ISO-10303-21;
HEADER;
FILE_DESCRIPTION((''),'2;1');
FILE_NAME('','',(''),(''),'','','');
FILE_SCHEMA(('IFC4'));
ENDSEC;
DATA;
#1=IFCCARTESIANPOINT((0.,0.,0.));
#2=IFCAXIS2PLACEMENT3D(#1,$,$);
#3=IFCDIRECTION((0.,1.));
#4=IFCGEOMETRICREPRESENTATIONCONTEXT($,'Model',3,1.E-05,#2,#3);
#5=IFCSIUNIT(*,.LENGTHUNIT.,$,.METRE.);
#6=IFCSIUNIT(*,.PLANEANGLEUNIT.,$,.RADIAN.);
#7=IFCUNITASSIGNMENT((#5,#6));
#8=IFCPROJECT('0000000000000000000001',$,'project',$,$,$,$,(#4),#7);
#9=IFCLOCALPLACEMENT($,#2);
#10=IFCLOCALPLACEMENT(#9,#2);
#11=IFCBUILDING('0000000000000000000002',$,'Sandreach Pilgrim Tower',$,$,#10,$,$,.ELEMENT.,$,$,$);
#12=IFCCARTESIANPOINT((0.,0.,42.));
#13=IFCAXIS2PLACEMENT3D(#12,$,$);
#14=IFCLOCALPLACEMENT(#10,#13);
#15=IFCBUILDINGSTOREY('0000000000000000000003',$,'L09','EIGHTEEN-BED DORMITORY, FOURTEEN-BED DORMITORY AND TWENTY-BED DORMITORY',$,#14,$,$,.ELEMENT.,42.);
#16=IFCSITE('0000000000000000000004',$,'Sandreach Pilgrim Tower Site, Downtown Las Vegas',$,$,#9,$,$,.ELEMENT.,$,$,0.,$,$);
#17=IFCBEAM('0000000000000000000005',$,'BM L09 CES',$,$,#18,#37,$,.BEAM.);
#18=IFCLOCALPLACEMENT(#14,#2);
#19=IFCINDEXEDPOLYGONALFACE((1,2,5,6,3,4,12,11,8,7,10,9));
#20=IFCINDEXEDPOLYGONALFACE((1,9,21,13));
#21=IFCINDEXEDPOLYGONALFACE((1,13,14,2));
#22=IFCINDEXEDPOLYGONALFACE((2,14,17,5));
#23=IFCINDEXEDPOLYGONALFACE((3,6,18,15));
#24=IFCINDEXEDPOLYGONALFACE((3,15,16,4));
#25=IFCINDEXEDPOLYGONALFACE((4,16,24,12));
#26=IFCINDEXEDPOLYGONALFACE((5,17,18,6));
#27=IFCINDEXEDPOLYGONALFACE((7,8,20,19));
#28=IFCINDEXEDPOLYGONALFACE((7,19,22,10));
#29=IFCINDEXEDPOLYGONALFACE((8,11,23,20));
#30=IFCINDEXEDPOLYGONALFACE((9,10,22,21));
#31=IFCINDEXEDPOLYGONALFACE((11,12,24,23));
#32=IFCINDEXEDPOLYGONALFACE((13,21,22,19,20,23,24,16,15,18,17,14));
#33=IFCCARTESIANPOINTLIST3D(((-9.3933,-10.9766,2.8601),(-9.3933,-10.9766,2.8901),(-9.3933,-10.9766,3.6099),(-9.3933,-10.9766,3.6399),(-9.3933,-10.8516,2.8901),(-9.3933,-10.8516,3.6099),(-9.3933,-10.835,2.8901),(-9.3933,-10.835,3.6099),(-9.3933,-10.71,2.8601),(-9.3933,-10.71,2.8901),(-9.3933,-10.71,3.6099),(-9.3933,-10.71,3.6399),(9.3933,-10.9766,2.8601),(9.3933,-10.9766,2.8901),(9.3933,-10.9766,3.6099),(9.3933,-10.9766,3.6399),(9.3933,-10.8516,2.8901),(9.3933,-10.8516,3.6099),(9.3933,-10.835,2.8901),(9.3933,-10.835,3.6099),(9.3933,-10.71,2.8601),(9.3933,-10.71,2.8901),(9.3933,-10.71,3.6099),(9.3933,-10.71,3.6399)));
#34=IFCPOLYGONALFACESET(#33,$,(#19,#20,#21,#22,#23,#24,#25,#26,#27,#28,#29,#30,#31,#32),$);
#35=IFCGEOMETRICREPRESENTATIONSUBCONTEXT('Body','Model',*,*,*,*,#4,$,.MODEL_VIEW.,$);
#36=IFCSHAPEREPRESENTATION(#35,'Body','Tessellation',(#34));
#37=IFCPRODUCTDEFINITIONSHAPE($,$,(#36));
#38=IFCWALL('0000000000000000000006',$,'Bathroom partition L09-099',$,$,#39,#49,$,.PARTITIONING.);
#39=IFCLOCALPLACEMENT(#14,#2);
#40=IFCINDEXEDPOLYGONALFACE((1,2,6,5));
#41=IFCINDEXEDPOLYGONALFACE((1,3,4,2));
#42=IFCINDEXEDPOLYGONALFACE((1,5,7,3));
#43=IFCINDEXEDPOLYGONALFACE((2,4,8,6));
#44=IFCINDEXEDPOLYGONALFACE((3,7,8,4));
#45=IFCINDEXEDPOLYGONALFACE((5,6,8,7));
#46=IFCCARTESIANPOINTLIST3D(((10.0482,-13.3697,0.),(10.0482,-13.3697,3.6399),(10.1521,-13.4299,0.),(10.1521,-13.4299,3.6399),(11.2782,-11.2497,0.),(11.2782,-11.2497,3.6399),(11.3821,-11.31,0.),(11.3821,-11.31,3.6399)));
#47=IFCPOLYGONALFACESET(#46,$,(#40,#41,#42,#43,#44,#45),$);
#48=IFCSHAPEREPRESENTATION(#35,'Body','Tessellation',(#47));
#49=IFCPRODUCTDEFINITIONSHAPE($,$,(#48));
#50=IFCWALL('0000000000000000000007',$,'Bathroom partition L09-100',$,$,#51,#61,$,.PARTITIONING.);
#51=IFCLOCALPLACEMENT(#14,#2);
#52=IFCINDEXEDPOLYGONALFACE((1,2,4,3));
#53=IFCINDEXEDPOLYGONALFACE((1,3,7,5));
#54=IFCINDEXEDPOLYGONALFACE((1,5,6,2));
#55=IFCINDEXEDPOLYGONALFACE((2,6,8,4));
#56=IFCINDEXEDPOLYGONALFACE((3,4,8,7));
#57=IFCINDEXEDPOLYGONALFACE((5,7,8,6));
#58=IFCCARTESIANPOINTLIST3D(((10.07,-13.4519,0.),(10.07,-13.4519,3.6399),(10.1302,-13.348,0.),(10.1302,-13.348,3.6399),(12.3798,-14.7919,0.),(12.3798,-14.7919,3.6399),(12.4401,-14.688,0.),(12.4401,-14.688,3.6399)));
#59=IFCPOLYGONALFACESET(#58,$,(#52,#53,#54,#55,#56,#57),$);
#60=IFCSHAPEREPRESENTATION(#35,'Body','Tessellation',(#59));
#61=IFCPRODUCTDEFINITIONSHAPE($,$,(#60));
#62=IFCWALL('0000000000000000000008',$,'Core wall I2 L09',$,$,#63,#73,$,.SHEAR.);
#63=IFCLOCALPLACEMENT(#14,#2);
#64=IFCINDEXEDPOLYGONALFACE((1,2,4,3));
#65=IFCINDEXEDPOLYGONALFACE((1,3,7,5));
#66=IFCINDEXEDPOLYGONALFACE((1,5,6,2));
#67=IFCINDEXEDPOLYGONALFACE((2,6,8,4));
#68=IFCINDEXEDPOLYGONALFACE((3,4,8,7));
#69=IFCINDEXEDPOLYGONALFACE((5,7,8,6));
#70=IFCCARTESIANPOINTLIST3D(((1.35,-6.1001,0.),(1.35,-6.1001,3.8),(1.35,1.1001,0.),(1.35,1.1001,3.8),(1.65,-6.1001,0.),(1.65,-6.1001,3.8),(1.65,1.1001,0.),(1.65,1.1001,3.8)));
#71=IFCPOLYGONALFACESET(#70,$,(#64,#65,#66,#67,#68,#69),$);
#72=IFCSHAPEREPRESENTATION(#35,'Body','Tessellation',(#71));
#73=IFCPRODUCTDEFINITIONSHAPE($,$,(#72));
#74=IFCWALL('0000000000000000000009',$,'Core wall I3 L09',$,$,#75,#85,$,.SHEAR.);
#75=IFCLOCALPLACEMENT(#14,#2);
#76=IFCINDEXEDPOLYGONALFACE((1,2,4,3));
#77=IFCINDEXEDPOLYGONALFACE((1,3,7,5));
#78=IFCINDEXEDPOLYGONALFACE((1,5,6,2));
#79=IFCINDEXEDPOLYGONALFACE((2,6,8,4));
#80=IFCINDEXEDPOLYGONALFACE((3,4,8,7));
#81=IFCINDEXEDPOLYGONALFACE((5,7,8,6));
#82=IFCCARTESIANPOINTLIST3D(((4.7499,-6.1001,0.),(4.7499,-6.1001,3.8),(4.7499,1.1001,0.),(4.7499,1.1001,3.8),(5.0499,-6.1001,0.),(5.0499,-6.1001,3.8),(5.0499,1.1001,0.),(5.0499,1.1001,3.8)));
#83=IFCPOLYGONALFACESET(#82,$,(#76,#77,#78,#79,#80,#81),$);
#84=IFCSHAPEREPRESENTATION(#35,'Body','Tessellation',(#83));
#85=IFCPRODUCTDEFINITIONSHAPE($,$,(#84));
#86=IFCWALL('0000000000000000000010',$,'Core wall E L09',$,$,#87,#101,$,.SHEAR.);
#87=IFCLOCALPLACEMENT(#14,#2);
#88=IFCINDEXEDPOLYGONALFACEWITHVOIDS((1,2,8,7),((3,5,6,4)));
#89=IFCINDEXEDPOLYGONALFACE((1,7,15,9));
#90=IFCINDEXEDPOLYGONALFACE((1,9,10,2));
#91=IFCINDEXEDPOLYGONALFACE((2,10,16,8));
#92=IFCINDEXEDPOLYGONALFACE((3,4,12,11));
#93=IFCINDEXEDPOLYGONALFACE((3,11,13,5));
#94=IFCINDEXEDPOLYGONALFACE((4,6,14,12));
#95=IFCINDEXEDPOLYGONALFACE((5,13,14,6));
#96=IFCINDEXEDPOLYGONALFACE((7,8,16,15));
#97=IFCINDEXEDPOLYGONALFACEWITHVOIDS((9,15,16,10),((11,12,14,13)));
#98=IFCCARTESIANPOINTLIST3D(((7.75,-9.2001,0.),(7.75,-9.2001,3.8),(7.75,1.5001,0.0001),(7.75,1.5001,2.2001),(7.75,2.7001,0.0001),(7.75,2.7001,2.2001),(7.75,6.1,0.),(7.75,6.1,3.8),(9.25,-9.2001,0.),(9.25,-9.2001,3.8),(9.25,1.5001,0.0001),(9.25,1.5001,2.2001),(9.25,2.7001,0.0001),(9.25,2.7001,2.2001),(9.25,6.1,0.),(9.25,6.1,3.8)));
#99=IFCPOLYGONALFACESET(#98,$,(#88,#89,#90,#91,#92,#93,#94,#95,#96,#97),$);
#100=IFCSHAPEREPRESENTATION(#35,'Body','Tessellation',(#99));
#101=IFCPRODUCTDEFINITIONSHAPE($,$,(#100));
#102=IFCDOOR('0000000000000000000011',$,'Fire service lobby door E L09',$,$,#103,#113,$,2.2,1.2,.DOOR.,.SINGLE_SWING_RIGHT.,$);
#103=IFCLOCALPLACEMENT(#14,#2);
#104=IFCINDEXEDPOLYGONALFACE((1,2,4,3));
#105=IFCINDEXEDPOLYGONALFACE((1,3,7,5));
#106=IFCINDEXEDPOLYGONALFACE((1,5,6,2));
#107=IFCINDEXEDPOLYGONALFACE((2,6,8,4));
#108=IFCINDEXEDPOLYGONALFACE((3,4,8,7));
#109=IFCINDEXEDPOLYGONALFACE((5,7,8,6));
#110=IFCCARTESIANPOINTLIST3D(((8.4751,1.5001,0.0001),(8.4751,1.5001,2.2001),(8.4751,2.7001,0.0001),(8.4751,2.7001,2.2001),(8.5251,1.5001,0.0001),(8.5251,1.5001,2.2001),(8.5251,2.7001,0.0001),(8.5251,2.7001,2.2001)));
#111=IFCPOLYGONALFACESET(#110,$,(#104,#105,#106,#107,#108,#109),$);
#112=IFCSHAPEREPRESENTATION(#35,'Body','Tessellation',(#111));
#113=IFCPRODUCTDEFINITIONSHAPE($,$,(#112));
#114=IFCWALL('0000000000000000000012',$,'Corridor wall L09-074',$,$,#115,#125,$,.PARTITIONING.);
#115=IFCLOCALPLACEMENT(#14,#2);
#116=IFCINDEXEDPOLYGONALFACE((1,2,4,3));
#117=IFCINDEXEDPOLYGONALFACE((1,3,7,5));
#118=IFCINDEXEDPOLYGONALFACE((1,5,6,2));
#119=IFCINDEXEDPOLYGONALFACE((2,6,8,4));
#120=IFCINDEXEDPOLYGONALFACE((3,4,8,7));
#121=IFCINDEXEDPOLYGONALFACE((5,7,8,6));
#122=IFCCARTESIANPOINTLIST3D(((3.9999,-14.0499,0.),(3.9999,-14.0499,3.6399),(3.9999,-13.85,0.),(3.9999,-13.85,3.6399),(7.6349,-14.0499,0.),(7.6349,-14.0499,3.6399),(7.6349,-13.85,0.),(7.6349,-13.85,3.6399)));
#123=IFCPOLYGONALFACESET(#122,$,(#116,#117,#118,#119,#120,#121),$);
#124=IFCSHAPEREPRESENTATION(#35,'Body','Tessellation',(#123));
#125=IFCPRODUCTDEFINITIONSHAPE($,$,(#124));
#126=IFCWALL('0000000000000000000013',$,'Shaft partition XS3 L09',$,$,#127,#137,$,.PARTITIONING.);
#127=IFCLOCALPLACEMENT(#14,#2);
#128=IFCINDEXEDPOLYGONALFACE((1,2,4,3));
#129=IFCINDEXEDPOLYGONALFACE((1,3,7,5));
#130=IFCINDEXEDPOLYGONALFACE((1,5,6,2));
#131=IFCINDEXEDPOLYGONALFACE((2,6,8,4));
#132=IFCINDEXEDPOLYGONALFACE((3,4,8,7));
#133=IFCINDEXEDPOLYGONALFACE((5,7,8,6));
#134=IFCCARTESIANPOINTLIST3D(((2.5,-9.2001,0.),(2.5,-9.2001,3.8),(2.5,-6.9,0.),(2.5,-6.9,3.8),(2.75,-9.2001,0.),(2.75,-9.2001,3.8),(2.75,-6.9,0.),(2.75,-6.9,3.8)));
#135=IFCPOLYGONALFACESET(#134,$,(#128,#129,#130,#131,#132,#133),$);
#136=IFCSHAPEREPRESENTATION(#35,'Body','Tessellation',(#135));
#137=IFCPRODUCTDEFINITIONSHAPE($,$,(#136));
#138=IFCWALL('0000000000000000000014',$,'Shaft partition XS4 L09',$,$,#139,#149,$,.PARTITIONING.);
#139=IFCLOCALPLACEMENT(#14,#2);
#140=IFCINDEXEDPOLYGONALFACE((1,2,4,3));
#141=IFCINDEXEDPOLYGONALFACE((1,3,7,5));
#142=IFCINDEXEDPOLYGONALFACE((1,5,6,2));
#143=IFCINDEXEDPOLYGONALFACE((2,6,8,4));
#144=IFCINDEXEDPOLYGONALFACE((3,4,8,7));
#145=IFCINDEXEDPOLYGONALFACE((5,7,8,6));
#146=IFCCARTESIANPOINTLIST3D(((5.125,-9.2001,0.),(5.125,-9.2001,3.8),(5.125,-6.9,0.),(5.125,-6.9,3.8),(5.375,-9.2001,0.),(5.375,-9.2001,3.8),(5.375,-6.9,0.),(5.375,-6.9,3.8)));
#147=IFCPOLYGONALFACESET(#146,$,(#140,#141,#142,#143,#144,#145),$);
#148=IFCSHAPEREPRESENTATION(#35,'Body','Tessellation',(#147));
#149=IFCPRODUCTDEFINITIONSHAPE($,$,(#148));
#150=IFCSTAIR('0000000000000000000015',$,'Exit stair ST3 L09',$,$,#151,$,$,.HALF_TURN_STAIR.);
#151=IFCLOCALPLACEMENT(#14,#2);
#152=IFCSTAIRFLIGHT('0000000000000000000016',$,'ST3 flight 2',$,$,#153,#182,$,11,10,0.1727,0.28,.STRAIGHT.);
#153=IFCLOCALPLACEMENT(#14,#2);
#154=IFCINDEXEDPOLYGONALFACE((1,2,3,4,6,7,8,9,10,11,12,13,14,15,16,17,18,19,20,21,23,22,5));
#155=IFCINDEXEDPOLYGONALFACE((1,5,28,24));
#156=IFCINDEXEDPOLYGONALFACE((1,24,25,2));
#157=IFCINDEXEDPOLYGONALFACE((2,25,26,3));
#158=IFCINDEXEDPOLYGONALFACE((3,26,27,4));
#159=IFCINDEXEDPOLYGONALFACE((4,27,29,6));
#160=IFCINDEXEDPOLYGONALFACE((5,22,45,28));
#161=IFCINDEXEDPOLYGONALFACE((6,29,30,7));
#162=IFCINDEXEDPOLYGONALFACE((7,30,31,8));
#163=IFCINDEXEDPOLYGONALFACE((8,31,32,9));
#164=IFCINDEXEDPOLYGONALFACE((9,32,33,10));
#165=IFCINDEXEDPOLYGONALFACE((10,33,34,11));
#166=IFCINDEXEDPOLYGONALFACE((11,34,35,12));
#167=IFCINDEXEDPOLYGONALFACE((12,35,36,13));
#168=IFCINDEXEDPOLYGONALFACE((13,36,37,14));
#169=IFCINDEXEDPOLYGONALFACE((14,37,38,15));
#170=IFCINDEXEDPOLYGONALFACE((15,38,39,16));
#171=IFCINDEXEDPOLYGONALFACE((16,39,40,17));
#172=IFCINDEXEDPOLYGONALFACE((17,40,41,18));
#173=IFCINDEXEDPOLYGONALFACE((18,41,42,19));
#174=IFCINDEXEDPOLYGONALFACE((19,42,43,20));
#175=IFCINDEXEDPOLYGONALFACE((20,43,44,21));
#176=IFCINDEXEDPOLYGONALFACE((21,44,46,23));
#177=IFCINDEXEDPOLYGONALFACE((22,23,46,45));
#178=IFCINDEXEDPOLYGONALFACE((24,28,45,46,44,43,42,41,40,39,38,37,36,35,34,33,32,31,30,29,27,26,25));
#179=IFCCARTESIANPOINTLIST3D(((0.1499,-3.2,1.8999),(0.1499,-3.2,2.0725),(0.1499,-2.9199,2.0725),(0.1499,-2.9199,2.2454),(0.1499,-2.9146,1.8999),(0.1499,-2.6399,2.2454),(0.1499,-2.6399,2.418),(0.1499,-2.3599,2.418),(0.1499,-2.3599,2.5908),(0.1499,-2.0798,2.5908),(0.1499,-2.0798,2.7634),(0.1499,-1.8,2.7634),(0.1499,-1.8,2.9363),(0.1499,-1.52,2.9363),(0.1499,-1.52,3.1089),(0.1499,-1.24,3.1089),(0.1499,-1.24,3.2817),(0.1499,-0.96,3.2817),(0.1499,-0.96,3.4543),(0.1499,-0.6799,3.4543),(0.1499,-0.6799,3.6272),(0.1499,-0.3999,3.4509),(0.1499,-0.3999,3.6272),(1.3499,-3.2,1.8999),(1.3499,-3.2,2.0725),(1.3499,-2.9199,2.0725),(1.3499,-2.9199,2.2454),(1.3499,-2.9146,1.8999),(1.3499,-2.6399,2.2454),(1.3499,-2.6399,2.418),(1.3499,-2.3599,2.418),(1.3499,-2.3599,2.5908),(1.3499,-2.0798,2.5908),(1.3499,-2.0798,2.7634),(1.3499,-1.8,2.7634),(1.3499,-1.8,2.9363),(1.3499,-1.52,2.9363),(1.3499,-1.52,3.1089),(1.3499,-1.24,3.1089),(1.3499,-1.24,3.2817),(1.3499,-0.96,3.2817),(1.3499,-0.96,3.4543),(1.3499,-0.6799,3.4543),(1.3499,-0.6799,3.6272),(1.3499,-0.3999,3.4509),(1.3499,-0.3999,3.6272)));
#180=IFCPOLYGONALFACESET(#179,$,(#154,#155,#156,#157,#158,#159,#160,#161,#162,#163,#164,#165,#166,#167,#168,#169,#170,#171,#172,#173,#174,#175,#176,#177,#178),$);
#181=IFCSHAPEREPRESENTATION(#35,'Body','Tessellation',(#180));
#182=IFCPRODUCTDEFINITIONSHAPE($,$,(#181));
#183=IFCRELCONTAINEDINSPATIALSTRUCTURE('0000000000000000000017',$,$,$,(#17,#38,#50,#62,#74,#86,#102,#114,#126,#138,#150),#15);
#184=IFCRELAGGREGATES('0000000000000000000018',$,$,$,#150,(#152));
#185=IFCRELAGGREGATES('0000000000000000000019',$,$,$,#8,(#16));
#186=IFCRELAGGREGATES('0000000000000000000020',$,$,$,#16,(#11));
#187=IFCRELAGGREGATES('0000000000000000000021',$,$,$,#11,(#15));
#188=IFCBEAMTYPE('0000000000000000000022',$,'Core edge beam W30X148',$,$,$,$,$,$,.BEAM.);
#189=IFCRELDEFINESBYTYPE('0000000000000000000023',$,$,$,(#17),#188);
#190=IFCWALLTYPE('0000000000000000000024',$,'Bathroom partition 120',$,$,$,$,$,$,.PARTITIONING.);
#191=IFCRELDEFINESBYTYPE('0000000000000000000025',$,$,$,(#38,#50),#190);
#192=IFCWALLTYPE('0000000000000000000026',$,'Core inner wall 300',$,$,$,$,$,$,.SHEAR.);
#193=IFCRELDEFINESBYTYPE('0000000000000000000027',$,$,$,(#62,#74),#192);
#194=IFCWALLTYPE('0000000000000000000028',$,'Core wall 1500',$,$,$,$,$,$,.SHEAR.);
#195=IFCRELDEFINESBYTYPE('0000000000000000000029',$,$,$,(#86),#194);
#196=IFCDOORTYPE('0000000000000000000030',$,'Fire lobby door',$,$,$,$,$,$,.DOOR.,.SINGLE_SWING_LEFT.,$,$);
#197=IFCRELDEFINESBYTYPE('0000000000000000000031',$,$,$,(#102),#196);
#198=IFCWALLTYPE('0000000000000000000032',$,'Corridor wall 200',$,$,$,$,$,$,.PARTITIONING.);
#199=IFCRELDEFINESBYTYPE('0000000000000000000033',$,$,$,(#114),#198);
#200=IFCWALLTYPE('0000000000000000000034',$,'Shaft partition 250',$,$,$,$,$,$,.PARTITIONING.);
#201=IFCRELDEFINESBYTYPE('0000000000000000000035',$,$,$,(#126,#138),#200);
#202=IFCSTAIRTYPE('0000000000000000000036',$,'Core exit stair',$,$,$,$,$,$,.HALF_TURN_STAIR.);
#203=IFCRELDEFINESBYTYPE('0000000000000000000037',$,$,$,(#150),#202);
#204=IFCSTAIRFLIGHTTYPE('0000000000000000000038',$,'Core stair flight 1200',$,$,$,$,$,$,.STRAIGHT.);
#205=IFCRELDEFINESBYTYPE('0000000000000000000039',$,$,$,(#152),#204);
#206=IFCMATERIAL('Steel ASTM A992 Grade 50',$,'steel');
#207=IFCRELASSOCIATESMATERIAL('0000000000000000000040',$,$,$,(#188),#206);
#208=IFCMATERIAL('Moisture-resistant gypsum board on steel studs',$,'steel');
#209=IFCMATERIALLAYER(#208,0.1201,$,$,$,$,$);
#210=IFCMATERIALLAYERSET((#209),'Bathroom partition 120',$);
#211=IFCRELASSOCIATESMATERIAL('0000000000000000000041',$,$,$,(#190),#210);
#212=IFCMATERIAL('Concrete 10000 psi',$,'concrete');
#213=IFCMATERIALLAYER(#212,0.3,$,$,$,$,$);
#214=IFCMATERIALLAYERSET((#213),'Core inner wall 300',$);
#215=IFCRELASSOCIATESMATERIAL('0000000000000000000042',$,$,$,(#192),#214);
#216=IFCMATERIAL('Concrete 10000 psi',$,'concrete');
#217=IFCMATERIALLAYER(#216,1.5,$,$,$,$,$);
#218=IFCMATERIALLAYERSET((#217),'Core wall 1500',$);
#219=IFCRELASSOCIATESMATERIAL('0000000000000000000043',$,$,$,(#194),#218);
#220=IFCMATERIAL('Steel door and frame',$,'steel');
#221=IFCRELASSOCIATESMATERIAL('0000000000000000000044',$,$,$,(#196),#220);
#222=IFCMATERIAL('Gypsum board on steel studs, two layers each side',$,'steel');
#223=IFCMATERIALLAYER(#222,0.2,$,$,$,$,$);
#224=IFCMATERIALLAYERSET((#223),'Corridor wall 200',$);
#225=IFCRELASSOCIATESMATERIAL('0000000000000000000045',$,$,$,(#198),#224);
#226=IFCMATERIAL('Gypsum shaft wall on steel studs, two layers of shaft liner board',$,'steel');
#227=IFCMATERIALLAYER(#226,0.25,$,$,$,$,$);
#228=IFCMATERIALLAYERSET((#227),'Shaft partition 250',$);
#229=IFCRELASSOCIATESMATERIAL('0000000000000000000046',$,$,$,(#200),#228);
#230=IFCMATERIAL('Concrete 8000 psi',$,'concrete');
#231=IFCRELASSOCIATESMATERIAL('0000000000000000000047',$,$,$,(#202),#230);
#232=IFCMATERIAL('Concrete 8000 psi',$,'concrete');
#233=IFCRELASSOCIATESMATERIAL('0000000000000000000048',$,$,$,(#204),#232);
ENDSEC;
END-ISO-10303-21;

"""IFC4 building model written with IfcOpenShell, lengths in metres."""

from ifc_helpers import new_model, si_unit, direction, frame, frame_2d, origin, origin_2d, place, context, subcontext, project, spatial, polyline, rectangle, i_section, outline, extrude, material, layer, layer_set, material_profile, profile_set, type_object, element, fill, aggregate, save


model = new_model("IFC4")

# Units and contexts
model_context = context("Model", 3, precision=1e-05, world=origin(), true_north=direction((0.0, 1.0)))
body_context = subcontext(model_context, "Body", "Model", "MODEL_VIEW")
ifc_project = project(units=[si_unit("LENGTHUNIT", "METRE"), si_unit("PLANEANGLEUNIT", "RADIAN")], contexts=[model_context])

# Site, building, storey
site_placement = place(None, origin())
site = spatial("IfcSite", under=ifc_project, at=site_placement, Name="Sandreach Pilgrim Tower Site, Downtown Las Vegas", CompositionType="ELEMENT", RefElevation=0.0)
building_placement = place(site_placement, origin())
building = spatial("IfcBuilding", under=site, at=building_placement, Name="Sandreach Pilgrim Tower", CompositionType="ELEMENT")
storey_placement = place(building_placement, frame((0.0, 0.0, 42.0)))
storey = spatial("IfcBuildingStorey", under=building, at=storey_placement, Name="L09", Description="EIGHTEEN-BED DORMITORY, FOURTEEN-BED DORMITORY AND TWENTY-BED DORMITORY", CompositionType="ELEMENT", Elevation=42.0)

# Beam
ifc_material_1 = material(Name="Steel ASTM A992 Grade 50", Category="steel")
ifc_material_profile = material_profile(ifc_material_1, i_section(OverallWidth=0.2666, OverallDepth=0.7798, WebThickness=0.0166, FlangeThickness=0.03, at=origin_2d()), Name="W30X148")
ifc_profile_set = profile_set([ifc_material_profile], Name="Steel ASTM A992 Grade 50")
beam_type = type_object("IfcBeamType", Name="Core edge beam W30X148", PredefinedType="BEAM", material=ifc_profile_set)
beam_placement = place(storey_placement, frame((9.3933, -10.8433, 3.25), z_axis=(-1.0, 0.0, 0.0), x_axis=(0.0, -1.0, 0.0)))
element("IfcBeam", 1, at=beam_placement, inside=storey, type_object=beam_type, Name="BM L09 CES", PredefinedType="BEAM", context=body_context, shape_type="SweptSolid", body=[
    extrude(i_section(OverallWidth=0.2666, OverallDepth=0.7798, WebThickness=0.0166, FlangeThickness=0.03, at=origin_2d()), origin(), (0.0, 0.0, 1.0), 18.7866),
])

# Walls
ifc_material_2 = material(Name="Moisture-resistant gypsum board on steel studs", Category="steel")
ifc_layer_1 = layer(ifc_material_2, 0.1201)
ifc_layer_set_1 = layer_set([ifc_layer_1], Name="Bathroom partition 120")
wall_type_1 = type_object("IfcWallType", Name="Bathroom partition 120", PredefinedType="PARTITIONING", material=ifc_layer_set_1)
wall_1_placement = place(storey_placement, frame((10.1001, -13.3999, 0.0), z_axis=(0.0, 0.0, 1.0), x_axis=(0.501857, 0.864951, 0.0)))
element("IfcWall", 2, at=wall_1_placement, inside=storey, type_object=wall_type_1, Name="Bathroom partition L09-099", PredefinedType="PARTITIONING", context=body_context, shape_type="SweptSolid", body=[
    extrude(rectangle(XDim=2.4509, YDim=0.1201, at=frame_2d((1.2256, 0.0))), origin(), (0.0, 0.0, 1.0), 3.6399),
])
wall_2_placement = place(storey_placement, frame((10.1001, -13.3999, 0.0), z_axis=(0.0, 0.0, 1.0), x_axis=(0.864967, -0.501829, 0.0)))
element("IfcWall", 3, at=wall_2_placement, inside=storey, type_object=wall_type_1, Name="Bathroom partition L09-100", PredefinedType="PARTITIONING", context=body_context, shape_type="SweptSolid", body=[
    extrude(rectangle(XDim=2.6704, YDim=0.1201, at=frame_2d((1.3352, 0.0))), origin(), (0.0, 0.0, 1.0), 3.6399),
])
ifc_material_3 = material(Name="Concrete 10000 psi", Category="concrete")
ifc_layer_2 = layer(ifc_material_3, 0.3)
ifc_layer_set_2 = layer_set([ifc_layer_2], Name="Core inner wall 300")
wall_type_2 = type_object("IfcWallType", Name="Core inner wall 300", PredefinedType="SHEAR", material=ifc_layer_set_2)
for number, where, z_axis, x_axis, name in (
    (4, (1.5, -6.1001, 0.0), (0.0, 0.0, 1.0), (0.0, 1.0, 0.0), "Core wall I2 L09"),
    (5, (4.8999, -6.1001, 0.0), (0.0, 0.0, 1.0), (0.0, 1.0, 0.0), "Core wall I3 L09"),
):
    element("IfcWall", number, at=place(storey_placement, frame(where, z_axis=z_axis, x_axis=x_axis)), inside=storey, type_object=wall_type_2, Name=name, PredefinedType="SHEAR", context=body_context, shape_type="SweptSolid", body=[
        extrude(rectangle(XDim=7.2002, YDim=0.3, at=frame_2d((3.6001, 0.0))), origin(), (0.0, 0.0, 1.0), 3.8),
    ])

# Wall, opening, door
ifc_material_4 = material(Name="Concrete 10000 psi", Category="concrete")
ifc_layer_3 = layer(ifc_material_4, 1.5)
ifc_layer_set_3 = layer_set([ifc_layer_3], Name="Core wall 1500")
wall_type_3 = type_object("IfcWallType", Name="Core wall 1500", PredefinedType="SHEAR", material=ifc_layer_set_3)
wall_3_placement = place(storey_placement, frame((8.5, -9.2, 0.0), z_axis=(0.0, 0.0, 1.0), x_axis=(0.0, 1.0, 0.0)))
wall_3 = element("IfcWall", 6, at=wall_3_placement, inside=storey, type_object=wall_type_3, Name="Core wall E L09", PredefinedType="SHEAR", context=body_context, shape_type="SweptSolid", body=[
    extrude(rectangle(XDim=15.3, YDim=1.5, at=frame_2d((7.6499, 0.0))), origin(), (0.0, 0.0, 1.0), 3.8),
])
opening_1_placement = place(wall_3_placement, frame((10.7, 0.0, 0.0)))
opening_1 = element("IfcOpeningElement", 7, at=opening_1_placement, cuts=wall_3, PredefinedType="OPENING", context=body_context, shape_type="SweptSolid", body=[
    extrude(rectangle(XDim=1.2, YDim=2.2, at=frame_2d((0.6001, 1.1001))), frame((0.0, 0.75, 0.0), z_axis=(0.0, -1.0, 0.0), x_axis=(1.0, 0.0, 0.0)), (0.0, 0.0, 1.0), 1.5),
])
ifc_material_5 = material(Name="Steel door and frame", Category="steel")
door_type_1 = type_object("IfcDoorType", Name="Fire lobby door", OperationType="SINGLE_SWING_LEFT", PredefinedType="DOOR", material=ifc_material_5)
door_1_placement = place(opening_1_placement, origin())
door_1 = element("IfcDoor", 8, at=door_1_placement, inside=storey, type_object=door_type_1, Name="Fire service lobby door E L09", OperationType="SINGLE_SWING_RIGHT", OverallHeight=2.2, OverallWidth=1.2, PredefinedType="DOOR", context=body_context, shape_type="SweptSolid", body=[
    extrude(rectangle(XDim=1.2, YDim=2.2, at=frame_2d((0.6001, 1.1001))), frame((0.0, 0.0249, 0.0), z_axis=(0.0, -1.0, 0.0), x_axis=(1.0, 0.0, 0.0)), (0.0, 0.0, 1.0), 0.05),
])
fill(opening_1, door_1)
ifc_material_6 = material(Name="Gypsum board on steel studs, two layers each side", Category="steel")
ifc_layer_4 = layer(ifc_material_6, 0.2)
ifc_layer_set_4 = layer_set([ifc_layer_4], Name="Corridor wall 200")
wall_type_4 = type_object("IfcWallType", Name="Corridor wall 200", PredefinedType="PARTITIONING", material=ifc_layer_set_4)

# Wall
wall_4_placement = place(storey_placement, frame((4.0, -13.95, 0.0), z_axis=(0.0, 0.0, 1.0), x_axis=(1.0, 0.0, 0.0)))
element("IfcWall", 9, at=wall_4_placement, inside=storey, type_object=wall_type_4, Name="Corridor wall L09-074", PredefinedType="PARTITIONING", context=body_context, shape_type="SweptSolid", body=[
    extrude(rectangle(XDim=3.635, YDim=0.2, at=frame_2d((1.8174, 0.0))), origin(), (0.0, 0.0, 1.0), 3.6399),
])

# Walls
ifc_material_7 = material(Name="Gypsum shaft wall on steel studs, two layers of shaft liner board", Category="steel")
ifc_layer_5 = layer(ifc_material_7, 0.25)
ifc_layer_set_5 = layer_set([ifc_layer_5], Name="Shaft partition 250")
wall_type_5 = type_object("IfcWallType", Name="Shaft partition 250", PredefinedType="PARTITIONING", material=ifc_layer_set_5)
for number, where, z_axis, x_axis, name in (
    (10, (2.625, -9.2, 0.0), (0.0, 0.0, 1.0), (0.0, 1.0, 0.0), "Shaft partition XS3 L09"),
    (11, (5.25, -9.2, 0.0), (0.0, 0.0, 1.0), (0.0, 1.0, 0.0), "Shaft partition XS4 L09"),
):
    element("IfcWall", number, at=place(storey_placement, frame(where, z_axis=z_axis, x_axis=x_axis)), inside=storey, type_object=wall_type_5, Name=name, PredefinedType="PARTITIONING", context=body_context, shape_type="SweptSolid", body=[
        extrude(rectangle(XDim=2.3, YDim=0.25, at=frame_2d((1.1499, 0.0))), origin(), (0.0, 0.0, 1.0), 3.8),
    ])

# Stair, stair flight
ifc_material_8 = material(Name="Concrete 8000 psi", Category="concrete")
stair_type = type_object("IfcStairType", Name="Core exit stair", PredefinedType="HALF_TURN_STAIR", material=ifc_material_8)
stair_placement = place(storey_placement, origin())
stair = element("IfcStair", 12, at=stair_placement, inside=storey, type_object=stair_type, Name="Exit stair ST3 L09", PredefinedType="HALF_TURN_STAIR")
ifc_material_9 = material(Name="Concrete 8000 psi", Category="concrete")
stair_flight_type = type_object("IfcStairFlightType", Name="Core stair flight 1200", PredefinedType="STRAIGHT", material=ifc_material_9)
stair_flight_placement = place(storey_placement, frame((0.75, -3.2, 1.8999), z_axis=(0.0, 0.0, 1.0), x_axis=(0.0, 1.0, 0.0)))
stair_flight = element("IfcStairFlight", 13, at=stair_flight_placement, type_object=stair_flight_type, Name="ST3 flight 2", NumberOfRisers=11, NumberOfTreads=10, PredefinedType="STRAIGHT", RiserHeight=0.1727, TreadLength=0.28, context=body_context, shape_type="SweptSolid", body=[
    extrude(outline(polyline([(0.0, 0.0), (0.0, 0.1726), (0.28, 0.1726), (0.28, 0.3455), (0.5601, 0.3455), (0.5601, 0.5181), (0.8401, 0.5181), (0.8401, 0.6909), (1.1201, 0.6909), (1.1201, 0.8635), (1.3999, 0.8635), (1.3999, 1.0364), (1.6799, 1.0364), (1.6799, 1.209), (1.96, 1.209), (1.96, 1.3818), (2.24, 1.3818), (2.24, 1.5544), (2.52, 1.5544), (2.52, 1.7273), (2.8, 1.7273), (2.8, 1.8999), (2.8, 1.551), (0.2854, 0.0), (0.0, 0.0)])), frame((0.0, 0.6001, 0.0), z_axis=(0.0, -1.0, 0.0), x_axis=(1.0, 0.0, 0.0)), (0.0, 0.0, 1.0), 1.2),
])
aggregate(stair, [stair_flight])

save(model, "model.ifc")
